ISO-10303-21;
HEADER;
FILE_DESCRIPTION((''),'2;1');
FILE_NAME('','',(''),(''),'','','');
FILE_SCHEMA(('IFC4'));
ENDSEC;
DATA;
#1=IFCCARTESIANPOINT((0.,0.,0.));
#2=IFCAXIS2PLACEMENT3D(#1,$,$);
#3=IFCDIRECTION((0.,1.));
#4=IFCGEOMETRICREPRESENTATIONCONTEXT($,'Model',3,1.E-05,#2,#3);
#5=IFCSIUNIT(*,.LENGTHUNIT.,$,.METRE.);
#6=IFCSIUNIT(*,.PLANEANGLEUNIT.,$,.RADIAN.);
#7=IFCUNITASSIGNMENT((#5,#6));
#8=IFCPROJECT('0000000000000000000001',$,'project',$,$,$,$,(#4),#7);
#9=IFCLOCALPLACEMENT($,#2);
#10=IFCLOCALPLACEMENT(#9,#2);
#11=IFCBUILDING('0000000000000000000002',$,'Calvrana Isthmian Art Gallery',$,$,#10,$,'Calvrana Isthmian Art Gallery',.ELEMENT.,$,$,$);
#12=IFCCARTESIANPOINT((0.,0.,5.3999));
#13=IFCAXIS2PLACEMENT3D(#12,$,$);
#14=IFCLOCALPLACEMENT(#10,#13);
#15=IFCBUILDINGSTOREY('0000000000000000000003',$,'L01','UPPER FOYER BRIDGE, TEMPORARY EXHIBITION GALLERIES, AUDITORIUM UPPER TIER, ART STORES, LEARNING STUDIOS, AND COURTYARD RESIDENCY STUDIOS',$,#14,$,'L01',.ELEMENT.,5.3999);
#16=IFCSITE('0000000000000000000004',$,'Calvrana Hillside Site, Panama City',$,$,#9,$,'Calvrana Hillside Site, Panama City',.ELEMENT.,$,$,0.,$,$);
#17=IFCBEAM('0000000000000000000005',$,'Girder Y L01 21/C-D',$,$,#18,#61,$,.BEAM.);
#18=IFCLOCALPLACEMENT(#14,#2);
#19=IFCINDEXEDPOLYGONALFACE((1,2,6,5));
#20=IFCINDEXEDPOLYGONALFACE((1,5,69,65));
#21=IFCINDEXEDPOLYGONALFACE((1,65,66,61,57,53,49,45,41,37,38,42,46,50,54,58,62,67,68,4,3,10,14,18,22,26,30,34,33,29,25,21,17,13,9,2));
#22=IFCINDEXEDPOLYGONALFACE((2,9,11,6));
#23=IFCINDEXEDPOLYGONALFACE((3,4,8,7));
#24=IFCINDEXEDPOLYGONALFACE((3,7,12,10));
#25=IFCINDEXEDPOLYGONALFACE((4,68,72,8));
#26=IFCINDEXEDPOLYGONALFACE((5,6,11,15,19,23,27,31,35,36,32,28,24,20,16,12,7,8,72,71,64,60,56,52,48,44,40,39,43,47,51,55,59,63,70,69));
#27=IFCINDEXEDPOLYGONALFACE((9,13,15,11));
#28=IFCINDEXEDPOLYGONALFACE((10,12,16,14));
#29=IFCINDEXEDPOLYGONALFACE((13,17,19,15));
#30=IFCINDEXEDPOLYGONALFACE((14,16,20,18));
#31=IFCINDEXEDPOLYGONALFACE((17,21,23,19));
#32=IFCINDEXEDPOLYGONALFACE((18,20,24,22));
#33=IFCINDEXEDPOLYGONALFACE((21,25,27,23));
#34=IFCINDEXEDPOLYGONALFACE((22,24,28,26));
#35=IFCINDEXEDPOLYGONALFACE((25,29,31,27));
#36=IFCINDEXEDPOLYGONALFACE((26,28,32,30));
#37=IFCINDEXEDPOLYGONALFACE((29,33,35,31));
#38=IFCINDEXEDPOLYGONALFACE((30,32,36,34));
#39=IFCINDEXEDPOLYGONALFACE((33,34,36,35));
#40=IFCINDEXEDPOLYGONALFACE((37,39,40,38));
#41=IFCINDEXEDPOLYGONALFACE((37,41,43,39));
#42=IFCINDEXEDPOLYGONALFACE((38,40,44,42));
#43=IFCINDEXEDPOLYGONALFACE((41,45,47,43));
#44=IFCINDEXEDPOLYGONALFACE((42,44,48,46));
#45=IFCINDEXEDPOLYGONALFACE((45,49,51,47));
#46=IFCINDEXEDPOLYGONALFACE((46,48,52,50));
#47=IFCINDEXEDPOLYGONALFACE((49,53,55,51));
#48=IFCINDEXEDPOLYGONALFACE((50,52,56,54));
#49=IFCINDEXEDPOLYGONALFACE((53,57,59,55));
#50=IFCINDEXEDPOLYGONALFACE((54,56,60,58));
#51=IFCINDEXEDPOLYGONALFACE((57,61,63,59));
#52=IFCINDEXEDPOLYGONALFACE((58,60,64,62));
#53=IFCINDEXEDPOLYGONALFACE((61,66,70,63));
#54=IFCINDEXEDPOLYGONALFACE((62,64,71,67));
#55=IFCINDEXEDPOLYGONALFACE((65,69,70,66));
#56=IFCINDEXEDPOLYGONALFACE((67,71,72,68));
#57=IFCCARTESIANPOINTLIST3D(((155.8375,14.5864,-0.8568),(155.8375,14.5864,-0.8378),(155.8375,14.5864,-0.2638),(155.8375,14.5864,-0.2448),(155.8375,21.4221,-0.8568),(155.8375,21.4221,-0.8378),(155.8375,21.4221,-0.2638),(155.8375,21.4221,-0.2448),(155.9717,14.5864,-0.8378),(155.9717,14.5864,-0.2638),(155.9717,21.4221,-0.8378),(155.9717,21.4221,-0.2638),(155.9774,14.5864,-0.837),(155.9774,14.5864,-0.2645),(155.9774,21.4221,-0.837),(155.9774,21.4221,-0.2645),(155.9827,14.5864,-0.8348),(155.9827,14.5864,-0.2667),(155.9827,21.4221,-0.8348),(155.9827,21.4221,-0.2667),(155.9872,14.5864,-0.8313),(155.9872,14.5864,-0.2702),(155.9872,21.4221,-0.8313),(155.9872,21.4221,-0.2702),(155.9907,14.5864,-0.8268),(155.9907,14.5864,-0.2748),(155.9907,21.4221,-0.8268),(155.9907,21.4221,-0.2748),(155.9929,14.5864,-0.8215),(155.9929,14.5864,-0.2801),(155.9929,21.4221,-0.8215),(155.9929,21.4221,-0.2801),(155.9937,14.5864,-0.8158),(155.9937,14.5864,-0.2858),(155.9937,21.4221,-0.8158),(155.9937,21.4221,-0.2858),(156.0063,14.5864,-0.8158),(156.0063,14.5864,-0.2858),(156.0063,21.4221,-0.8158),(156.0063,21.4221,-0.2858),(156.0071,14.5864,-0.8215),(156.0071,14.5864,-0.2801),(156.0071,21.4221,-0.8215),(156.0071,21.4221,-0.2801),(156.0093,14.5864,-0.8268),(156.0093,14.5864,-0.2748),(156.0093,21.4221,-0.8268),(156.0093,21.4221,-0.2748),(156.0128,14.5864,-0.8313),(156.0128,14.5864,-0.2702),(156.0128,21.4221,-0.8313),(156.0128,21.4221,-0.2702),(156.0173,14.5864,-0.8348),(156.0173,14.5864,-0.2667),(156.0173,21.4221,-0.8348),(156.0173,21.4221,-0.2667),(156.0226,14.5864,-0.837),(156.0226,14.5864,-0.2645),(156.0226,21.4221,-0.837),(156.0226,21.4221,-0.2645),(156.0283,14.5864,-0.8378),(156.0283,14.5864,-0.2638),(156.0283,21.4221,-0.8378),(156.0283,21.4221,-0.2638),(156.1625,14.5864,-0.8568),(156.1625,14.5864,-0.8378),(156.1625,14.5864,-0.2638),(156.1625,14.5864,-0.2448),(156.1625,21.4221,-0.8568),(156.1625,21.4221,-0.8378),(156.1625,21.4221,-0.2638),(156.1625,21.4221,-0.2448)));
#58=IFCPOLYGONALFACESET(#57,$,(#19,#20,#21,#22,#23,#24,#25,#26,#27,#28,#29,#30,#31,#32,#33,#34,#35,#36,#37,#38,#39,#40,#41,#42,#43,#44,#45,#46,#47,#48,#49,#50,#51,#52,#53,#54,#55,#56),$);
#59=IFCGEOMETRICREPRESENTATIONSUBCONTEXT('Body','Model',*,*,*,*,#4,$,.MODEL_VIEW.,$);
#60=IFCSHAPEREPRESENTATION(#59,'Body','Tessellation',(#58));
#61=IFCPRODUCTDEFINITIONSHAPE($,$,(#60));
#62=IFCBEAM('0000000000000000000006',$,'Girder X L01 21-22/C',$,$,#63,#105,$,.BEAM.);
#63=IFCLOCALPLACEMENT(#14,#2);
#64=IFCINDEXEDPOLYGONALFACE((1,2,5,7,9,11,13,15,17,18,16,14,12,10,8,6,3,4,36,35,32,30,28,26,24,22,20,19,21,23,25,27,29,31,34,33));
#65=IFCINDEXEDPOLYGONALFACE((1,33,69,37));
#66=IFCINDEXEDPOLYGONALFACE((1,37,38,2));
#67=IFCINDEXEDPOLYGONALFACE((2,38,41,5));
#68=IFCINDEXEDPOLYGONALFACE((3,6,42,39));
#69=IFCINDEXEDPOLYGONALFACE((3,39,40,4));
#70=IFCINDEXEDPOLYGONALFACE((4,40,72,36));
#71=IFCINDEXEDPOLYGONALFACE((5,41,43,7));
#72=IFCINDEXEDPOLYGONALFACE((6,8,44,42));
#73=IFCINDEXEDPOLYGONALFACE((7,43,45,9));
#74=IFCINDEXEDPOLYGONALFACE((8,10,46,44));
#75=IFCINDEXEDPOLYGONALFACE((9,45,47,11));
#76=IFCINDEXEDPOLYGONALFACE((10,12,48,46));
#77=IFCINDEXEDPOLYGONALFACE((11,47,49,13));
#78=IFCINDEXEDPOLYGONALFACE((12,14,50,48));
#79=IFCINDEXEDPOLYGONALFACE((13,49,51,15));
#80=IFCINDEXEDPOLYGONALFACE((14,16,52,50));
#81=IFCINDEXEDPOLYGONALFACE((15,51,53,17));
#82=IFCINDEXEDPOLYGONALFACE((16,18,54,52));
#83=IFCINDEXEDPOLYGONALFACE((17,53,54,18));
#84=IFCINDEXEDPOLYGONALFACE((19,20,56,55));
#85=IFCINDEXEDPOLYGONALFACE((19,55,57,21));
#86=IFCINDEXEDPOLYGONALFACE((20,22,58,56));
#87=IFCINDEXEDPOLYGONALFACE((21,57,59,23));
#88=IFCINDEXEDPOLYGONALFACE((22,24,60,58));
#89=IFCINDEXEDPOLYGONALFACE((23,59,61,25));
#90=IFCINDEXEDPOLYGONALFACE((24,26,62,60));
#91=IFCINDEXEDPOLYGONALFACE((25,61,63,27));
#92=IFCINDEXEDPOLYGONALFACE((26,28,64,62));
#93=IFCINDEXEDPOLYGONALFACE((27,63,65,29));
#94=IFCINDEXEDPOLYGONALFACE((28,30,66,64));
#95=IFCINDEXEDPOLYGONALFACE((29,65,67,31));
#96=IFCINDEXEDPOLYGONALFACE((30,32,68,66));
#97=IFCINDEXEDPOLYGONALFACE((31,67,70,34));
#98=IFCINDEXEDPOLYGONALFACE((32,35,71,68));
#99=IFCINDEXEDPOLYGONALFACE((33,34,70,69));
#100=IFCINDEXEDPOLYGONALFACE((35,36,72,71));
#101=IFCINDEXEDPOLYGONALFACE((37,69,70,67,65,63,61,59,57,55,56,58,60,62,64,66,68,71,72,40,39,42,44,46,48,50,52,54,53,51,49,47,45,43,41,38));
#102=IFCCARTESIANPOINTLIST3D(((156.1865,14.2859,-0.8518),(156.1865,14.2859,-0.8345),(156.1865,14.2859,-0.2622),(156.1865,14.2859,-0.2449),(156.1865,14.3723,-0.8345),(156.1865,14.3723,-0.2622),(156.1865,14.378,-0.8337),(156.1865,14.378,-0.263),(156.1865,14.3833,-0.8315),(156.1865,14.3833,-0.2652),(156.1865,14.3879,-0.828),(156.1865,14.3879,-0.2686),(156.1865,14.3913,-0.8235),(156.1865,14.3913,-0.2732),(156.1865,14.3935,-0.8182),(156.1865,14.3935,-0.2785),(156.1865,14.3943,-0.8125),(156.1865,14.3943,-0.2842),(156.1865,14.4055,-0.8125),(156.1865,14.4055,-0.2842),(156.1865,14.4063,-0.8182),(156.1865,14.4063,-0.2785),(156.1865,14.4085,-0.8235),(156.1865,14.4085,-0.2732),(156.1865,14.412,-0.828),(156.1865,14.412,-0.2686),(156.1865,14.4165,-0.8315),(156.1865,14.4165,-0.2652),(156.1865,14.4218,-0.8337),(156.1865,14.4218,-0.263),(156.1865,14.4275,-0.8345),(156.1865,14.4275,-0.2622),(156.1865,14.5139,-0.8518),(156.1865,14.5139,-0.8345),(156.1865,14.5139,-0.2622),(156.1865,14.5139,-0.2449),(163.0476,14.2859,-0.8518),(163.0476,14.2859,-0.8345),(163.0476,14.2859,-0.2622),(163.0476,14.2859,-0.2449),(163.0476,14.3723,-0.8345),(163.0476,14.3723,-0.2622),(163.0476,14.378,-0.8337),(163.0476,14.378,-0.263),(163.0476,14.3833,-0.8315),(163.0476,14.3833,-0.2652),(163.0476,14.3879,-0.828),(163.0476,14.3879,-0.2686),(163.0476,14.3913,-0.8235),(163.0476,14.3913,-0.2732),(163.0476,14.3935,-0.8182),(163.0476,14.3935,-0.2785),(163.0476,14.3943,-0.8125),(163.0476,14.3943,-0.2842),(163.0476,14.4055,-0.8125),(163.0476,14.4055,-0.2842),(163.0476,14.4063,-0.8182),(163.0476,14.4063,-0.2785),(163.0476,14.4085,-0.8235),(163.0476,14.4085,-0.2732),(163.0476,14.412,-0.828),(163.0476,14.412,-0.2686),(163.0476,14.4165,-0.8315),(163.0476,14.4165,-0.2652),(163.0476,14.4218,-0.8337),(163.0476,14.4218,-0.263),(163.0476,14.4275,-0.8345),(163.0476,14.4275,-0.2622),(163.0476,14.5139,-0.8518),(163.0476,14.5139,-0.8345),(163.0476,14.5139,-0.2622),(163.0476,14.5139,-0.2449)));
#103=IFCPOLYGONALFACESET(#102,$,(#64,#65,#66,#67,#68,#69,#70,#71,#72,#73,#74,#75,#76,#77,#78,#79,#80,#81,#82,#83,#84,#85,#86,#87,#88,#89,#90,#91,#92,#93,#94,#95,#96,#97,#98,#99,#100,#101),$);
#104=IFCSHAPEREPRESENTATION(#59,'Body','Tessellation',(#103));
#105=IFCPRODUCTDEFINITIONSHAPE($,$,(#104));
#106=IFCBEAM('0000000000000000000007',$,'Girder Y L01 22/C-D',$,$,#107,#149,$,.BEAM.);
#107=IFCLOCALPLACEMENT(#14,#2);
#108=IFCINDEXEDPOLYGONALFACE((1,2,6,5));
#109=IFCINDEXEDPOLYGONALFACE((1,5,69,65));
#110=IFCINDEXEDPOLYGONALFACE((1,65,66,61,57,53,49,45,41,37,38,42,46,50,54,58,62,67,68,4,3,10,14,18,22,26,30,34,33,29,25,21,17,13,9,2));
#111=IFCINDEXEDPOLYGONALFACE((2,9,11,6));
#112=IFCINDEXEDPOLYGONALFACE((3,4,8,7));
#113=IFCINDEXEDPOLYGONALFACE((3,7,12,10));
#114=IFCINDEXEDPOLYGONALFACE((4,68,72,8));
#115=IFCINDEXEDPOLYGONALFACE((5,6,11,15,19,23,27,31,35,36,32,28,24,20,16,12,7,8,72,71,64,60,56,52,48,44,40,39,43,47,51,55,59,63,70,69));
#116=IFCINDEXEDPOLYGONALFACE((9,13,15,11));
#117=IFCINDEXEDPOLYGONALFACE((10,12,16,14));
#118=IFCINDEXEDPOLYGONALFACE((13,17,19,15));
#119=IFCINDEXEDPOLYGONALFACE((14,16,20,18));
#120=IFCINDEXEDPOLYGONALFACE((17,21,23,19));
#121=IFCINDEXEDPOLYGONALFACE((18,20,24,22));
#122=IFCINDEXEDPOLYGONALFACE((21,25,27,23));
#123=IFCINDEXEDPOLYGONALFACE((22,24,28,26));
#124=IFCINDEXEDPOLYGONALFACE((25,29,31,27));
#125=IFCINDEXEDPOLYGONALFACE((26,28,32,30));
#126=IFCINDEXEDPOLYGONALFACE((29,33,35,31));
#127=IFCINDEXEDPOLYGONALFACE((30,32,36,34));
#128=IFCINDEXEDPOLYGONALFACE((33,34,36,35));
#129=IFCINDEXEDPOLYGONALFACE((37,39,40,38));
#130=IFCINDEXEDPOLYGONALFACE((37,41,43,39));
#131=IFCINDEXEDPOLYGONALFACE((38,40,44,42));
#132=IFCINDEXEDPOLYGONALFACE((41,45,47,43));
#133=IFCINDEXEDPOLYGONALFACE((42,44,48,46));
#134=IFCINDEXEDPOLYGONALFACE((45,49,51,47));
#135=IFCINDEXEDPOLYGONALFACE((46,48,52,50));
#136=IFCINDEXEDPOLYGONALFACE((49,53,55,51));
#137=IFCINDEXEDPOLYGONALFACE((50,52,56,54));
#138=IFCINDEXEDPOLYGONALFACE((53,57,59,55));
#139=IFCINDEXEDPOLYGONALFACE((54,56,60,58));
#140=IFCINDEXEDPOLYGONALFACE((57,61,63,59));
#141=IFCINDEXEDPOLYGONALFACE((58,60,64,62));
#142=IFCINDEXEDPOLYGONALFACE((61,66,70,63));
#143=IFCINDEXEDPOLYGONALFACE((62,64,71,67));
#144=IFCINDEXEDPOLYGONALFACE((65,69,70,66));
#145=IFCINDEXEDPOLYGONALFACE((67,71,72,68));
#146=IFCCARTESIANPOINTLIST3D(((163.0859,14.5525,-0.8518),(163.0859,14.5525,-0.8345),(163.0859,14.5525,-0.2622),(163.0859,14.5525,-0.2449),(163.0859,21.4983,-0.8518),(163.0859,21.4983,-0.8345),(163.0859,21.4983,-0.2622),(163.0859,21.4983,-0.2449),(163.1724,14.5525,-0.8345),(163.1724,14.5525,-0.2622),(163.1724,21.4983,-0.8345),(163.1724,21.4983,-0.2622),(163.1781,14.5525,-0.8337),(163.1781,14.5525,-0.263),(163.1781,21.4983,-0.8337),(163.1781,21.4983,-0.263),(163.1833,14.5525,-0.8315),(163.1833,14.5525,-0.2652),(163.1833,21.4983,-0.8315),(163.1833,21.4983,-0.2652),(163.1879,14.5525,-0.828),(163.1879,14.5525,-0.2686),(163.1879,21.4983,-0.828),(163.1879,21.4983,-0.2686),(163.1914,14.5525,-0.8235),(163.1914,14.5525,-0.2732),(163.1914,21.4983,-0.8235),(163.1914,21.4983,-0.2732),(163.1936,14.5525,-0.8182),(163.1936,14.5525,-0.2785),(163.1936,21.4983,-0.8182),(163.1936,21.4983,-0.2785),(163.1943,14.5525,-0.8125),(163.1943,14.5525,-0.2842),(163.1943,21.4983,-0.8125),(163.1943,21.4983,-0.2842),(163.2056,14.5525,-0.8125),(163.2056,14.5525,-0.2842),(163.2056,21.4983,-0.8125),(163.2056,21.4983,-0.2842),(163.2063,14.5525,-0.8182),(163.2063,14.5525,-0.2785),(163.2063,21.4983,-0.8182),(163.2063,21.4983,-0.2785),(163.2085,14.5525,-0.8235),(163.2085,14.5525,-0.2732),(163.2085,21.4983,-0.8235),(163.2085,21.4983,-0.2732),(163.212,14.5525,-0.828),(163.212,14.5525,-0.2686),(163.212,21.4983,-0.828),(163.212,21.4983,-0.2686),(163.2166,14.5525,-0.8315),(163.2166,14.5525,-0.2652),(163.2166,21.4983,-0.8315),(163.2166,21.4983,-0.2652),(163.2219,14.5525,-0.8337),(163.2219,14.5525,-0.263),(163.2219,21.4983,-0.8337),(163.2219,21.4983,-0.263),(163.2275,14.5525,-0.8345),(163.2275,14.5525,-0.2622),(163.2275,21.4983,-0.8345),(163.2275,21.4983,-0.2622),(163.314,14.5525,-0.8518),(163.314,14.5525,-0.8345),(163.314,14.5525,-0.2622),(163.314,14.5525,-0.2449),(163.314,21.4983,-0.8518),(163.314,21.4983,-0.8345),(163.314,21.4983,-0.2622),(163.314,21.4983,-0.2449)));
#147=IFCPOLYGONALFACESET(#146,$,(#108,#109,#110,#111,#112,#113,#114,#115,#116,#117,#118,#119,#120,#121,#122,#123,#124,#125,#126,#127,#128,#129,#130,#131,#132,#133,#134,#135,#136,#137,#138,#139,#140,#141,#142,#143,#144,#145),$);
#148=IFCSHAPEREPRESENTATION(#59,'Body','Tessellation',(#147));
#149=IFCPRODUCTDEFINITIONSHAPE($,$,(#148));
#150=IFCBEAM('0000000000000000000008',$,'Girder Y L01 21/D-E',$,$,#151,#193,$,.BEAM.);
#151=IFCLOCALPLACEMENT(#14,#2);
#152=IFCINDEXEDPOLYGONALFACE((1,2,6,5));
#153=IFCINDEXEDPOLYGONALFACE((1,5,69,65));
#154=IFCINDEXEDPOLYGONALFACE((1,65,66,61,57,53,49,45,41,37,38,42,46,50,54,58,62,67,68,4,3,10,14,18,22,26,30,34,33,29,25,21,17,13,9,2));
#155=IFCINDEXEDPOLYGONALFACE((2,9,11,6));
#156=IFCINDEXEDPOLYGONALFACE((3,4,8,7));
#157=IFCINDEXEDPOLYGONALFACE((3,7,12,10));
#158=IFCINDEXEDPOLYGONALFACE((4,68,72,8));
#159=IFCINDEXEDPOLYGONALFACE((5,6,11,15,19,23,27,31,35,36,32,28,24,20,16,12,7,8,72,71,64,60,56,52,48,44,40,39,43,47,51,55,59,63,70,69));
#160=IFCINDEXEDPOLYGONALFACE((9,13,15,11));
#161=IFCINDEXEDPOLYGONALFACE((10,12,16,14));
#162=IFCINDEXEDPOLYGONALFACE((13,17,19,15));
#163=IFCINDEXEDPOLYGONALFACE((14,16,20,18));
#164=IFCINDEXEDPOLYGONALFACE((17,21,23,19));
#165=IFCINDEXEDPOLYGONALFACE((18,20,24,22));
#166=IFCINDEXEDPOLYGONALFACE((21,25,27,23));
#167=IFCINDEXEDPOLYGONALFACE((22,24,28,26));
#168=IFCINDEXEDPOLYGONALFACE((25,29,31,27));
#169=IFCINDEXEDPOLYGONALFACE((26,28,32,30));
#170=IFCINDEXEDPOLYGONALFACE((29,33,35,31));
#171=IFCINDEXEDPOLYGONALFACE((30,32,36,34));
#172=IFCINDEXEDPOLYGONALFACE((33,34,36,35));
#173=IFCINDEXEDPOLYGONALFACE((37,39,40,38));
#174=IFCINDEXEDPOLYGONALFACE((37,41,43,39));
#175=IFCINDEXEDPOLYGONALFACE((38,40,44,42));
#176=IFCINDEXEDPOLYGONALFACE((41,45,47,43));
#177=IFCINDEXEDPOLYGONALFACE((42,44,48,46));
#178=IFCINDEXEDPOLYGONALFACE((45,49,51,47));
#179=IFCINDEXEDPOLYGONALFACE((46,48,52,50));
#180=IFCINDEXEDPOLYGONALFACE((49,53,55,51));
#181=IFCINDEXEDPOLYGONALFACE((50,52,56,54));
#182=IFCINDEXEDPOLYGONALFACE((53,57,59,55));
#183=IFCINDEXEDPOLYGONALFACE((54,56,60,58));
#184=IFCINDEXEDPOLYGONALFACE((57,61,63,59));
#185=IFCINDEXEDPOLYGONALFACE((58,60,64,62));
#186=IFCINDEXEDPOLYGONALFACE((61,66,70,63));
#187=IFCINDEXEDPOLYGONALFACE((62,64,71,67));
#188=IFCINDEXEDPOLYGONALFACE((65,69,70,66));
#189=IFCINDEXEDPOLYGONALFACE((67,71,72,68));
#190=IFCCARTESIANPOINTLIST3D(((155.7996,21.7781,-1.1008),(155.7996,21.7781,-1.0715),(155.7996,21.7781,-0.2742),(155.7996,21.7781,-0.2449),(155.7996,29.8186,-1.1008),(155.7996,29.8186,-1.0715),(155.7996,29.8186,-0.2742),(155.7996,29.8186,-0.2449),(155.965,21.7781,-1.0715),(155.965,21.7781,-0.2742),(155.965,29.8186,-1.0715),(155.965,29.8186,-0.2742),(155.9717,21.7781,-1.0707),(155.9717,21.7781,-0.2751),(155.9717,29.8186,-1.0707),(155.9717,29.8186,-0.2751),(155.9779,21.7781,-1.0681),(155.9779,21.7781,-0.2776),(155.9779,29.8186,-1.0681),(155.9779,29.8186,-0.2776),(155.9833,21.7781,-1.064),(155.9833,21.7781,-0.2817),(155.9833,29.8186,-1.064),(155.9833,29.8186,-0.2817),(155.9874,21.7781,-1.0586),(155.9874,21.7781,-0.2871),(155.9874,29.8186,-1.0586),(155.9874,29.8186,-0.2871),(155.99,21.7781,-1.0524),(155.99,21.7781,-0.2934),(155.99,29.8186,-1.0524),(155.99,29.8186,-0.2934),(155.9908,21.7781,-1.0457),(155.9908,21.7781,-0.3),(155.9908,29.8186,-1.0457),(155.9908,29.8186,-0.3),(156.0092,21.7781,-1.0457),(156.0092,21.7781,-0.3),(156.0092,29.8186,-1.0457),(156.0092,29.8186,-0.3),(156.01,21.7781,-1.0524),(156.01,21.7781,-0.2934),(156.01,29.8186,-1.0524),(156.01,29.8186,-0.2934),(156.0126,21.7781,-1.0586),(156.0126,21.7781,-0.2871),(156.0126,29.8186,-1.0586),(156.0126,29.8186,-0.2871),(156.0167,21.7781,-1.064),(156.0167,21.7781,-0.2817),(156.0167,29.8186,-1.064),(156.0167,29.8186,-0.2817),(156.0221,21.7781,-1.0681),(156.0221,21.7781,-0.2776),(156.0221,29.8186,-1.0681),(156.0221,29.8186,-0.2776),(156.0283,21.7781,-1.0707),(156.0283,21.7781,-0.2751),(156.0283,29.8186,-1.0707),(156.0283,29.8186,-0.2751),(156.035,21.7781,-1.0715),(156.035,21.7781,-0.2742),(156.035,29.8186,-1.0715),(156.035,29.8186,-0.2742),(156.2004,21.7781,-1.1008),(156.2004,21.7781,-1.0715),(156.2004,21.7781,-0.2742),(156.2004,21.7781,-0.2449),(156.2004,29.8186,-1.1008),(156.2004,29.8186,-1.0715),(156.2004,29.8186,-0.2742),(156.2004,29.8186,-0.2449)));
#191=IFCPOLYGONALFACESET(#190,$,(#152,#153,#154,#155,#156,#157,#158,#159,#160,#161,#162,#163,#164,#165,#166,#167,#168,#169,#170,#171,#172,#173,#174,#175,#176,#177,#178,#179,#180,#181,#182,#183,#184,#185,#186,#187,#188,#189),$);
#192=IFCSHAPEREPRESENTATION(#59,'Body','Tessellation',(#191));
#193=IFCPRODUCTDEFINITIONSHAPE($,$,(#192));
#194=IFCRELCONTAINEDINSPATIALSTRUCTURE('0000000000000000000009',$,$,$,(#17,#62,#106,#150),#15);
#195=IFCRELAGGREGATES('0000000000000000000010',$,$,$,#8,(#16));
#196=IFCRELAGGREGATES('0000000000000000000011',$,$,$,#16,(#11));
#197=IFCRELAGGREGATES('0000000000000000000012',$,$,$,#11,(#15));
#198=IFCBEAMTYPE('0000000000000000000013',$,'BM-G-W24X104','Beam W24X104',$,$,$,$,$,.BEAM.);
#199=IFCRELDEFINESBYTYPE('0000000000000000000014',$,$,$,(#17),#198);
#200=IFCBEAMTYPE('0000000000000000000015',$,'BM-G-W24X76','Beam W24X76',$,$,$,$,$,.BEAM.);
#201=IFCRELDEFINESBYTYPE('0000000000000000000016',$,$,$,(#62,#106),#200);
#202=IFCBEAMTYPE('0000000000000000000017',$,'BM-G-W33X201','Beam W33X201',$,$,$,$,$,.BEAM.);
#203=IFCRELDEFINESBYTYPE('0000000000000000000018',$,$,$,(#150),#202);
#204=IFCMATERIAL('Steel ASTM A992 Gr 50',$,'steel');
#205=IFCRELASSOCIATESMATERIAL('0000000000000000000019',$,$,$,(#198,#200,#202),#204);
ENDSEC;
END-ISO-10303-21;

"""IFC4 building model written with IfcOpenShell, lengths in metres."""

from ifc_helpers import new_model, si_unit, direction, frame, origin, origin_2d, place, context, subcontext, project, spatial, i_section, extrude, material, material_profile, profile_set, type_object, element, save


model = new_model("IFC4")

# Units and contexts
model_context = context("Model", 3, precision=1e-05, world=origin(), true_north=direction((0.0, 1.0)))
body_context = subcontext(model_context, "Body", "Model", "MODEL_VIEW")
ifc_project = project(units=[si_unit("LENGTHUNIT", "METRE"), si_unit("PLANEANGLEUNIT", "RADIAN")], contexts=[model_context])

# Site, building, storey
site_placement = place(None, origin())
site = spatial("IfcSite", under=ifc_project, at=site_placement, Name="Calvrana Hillside Site, Panama City", LongName="Calvrana Hillside Site, Panama City", CompositionType="ELEMENT", RefElevation=0.0)
building_placement = place(site_placement, origin())
building = spatial("IfcBuilding", under=site, at=building_placement, Name="Calvrana Isthmian Art Gallery", LongName="Calvrana Isthmian Art Gallery", CompositionType="ELEMENT")
storey_placement = place(building_placement, frame((0.0, 0.0, 5.3999)))
storey = spatial("IfcBuildingStorey", under=building, at=storey_placement, Name="L01", Description="UPPER FOYER BRIDGE, TEMPORARY EXHIBITION GALLERIES, AUDITORIUM UPPER TIER, ART STORES, LEARNING STUDIOS, AND COURTYARD RESIDENCY STUDIOS", LongName="L01", CompositionType="ELEMENT", Elevation=5.3999)

# Shared definitions
ifc_material_1 = material(Name="Steel ASTM A992 Gr 50", Category="steel")

# Beams
ifc_material_profile_1 = material_profile(ifc_material_1, i_section(OverallWidth=0.325, OverallDepth=0.6121, WebThickness=0.0127, FlangeThickness=0.019, FilletRadius=0.022, at=origin_2d()), Name="W24X104")
ifc_profile_set_1 = profile_set([ifc_material_profile_1], Name="Steel ASTM A992 Gr 50")
beam_type_1 = type_object("IfcBeamType", Name="BM-G-W24X104", Description="Beam W24X104", PredefinedType="BEAM", material=ifc_profile_set_1)
beam_1_placement = place(storey_placement, frame((156.0, 14.5864, -0.5508), z_axis=(0.0, 1.0, 0.0), x_axis=(-1.0, 0.0, 0.0)))
element("IfcBeam", 1, at=beam_1_placement, inside=storey, type_object=beam_type_1, Name="Girder Y L01 21/C-D", PredefinedType="BEAM", context=body_context, shape_type="SweptSolid", body=[
    extrude(i_section(OverallWidth=0.325, OverallDepth=0.6121, WebThickness=0.0127, FlangeThickness=0.019, FilletRadius=0.022, at=origin_2d()), origin(), (0.0, 0.0, 1.0), 6.8357),
])
ifc_material_profile_2 = material_profile(ifc_material_1, i_section(OverallWidth=0.228, OverallDepth=0.6069, WebThickness=0.0112, FlangeThickness=0.0173, FilletRadius=0.022, at=origin_2d()), Name="W24X76")
ifc_profile_set_2 = profile_set([ifc_material_profile_2], Name="Steel ASTM A992 Gr 50")
beam_type_2 = type_object("IfcBeamType", Name="BM-G-W24X76", Description="Beam W24X76", PredefinedType="BEAM", material=ifc_profile_set_2)
beam_2_placement = place(storey_placement, frame((156.1865, 14.3999, -0.5483), z_axis=(1.0, 0.0, 0.0), x_axis=(0.0, 1.0, 0.0)))
element("IfcBeam", 2, at=beam_2_placement, inside=storey, type_object=beam_type_2, Name="Girder X L01 21-22/C", PredefinedType="BEAM", context=body_context, shape_type="SweptSolid", body=[
    extrude(i_section(OverallWidth=0.228, OverallDepth=0.6069, WebThickness=0.0112, FlangeThickness=0.0173, FilletRadius=0.022, at=origin_2d()), origin(), (0.0, 0.0, 1.0), 6.8611),
])
beam_3_placement = place(storey_placement, frame((163.2, 14.5525, -0.5483), z_axis=(0.0, 1.0, 0.0), x_axis=(-1.0, 0.0, 0.0)))
element("IfcBeam", 3, at=beam_3_placement, inside=storey, type_object=beam_type_2, Name="Girder Y L01 22/C-D", PredefinedType="BEAM", context=body_context, shape_type="SweptSolid", body=[
    extrude(i_section(OverallWidth=0.228, OverallDepth=0.6069, WebThickness=0.0112, FlangeThickness=0.0173, FilletRadius=0.022, at=origin_2d()), origin(), (0.0, 0.0, 1.0), 6.9458),
])
ifc_material_profile_3 = material_profile(ifc_material_1, i_section(OverallWidth=0.4009, OverallDepth=0.856, WebThickness=0.0183, FlangeThickness=0.0293, FilletRadius=0.0259, at=origin_2d()), Name="W33X201")
ifc_profile_set_3 = profile_set([ifc_material_profile_3], Name="Steel ASTM A992 Gr 50")
beam_type_3 = type_object("IfcBeamType", Name="BM-G-W33X201", Description="Beam W33X201", PredefinedType="BEAM", material=ifc_profile_set_3)
beam_4_placement = place(storey_placement, frame((156.0, 21.7781, -0.6729), z_axis=(0.0, 1.0, 0.0), x_axis=(-1.0, 0.0, 0.0)))
element("IfcBeam", 4, at=beam_4_placement, inside=storey, type_object=beam_type_3, Name="Girder Y L01 21/D-E", PredefinedType="BEAM", context=body_context, shape_type="SweptSolid", body=[
    extrude(i_section(OverallWidth=0.4009, OverallDepth=0.856, WebThickness=0.0183, FlangeThickness=0.0293, FilletRadius=0.0259, at=origin_2d()), origin(), (0.0, 0.0, 1.0), 8.0405),
])

save(model, "model.ifc")
